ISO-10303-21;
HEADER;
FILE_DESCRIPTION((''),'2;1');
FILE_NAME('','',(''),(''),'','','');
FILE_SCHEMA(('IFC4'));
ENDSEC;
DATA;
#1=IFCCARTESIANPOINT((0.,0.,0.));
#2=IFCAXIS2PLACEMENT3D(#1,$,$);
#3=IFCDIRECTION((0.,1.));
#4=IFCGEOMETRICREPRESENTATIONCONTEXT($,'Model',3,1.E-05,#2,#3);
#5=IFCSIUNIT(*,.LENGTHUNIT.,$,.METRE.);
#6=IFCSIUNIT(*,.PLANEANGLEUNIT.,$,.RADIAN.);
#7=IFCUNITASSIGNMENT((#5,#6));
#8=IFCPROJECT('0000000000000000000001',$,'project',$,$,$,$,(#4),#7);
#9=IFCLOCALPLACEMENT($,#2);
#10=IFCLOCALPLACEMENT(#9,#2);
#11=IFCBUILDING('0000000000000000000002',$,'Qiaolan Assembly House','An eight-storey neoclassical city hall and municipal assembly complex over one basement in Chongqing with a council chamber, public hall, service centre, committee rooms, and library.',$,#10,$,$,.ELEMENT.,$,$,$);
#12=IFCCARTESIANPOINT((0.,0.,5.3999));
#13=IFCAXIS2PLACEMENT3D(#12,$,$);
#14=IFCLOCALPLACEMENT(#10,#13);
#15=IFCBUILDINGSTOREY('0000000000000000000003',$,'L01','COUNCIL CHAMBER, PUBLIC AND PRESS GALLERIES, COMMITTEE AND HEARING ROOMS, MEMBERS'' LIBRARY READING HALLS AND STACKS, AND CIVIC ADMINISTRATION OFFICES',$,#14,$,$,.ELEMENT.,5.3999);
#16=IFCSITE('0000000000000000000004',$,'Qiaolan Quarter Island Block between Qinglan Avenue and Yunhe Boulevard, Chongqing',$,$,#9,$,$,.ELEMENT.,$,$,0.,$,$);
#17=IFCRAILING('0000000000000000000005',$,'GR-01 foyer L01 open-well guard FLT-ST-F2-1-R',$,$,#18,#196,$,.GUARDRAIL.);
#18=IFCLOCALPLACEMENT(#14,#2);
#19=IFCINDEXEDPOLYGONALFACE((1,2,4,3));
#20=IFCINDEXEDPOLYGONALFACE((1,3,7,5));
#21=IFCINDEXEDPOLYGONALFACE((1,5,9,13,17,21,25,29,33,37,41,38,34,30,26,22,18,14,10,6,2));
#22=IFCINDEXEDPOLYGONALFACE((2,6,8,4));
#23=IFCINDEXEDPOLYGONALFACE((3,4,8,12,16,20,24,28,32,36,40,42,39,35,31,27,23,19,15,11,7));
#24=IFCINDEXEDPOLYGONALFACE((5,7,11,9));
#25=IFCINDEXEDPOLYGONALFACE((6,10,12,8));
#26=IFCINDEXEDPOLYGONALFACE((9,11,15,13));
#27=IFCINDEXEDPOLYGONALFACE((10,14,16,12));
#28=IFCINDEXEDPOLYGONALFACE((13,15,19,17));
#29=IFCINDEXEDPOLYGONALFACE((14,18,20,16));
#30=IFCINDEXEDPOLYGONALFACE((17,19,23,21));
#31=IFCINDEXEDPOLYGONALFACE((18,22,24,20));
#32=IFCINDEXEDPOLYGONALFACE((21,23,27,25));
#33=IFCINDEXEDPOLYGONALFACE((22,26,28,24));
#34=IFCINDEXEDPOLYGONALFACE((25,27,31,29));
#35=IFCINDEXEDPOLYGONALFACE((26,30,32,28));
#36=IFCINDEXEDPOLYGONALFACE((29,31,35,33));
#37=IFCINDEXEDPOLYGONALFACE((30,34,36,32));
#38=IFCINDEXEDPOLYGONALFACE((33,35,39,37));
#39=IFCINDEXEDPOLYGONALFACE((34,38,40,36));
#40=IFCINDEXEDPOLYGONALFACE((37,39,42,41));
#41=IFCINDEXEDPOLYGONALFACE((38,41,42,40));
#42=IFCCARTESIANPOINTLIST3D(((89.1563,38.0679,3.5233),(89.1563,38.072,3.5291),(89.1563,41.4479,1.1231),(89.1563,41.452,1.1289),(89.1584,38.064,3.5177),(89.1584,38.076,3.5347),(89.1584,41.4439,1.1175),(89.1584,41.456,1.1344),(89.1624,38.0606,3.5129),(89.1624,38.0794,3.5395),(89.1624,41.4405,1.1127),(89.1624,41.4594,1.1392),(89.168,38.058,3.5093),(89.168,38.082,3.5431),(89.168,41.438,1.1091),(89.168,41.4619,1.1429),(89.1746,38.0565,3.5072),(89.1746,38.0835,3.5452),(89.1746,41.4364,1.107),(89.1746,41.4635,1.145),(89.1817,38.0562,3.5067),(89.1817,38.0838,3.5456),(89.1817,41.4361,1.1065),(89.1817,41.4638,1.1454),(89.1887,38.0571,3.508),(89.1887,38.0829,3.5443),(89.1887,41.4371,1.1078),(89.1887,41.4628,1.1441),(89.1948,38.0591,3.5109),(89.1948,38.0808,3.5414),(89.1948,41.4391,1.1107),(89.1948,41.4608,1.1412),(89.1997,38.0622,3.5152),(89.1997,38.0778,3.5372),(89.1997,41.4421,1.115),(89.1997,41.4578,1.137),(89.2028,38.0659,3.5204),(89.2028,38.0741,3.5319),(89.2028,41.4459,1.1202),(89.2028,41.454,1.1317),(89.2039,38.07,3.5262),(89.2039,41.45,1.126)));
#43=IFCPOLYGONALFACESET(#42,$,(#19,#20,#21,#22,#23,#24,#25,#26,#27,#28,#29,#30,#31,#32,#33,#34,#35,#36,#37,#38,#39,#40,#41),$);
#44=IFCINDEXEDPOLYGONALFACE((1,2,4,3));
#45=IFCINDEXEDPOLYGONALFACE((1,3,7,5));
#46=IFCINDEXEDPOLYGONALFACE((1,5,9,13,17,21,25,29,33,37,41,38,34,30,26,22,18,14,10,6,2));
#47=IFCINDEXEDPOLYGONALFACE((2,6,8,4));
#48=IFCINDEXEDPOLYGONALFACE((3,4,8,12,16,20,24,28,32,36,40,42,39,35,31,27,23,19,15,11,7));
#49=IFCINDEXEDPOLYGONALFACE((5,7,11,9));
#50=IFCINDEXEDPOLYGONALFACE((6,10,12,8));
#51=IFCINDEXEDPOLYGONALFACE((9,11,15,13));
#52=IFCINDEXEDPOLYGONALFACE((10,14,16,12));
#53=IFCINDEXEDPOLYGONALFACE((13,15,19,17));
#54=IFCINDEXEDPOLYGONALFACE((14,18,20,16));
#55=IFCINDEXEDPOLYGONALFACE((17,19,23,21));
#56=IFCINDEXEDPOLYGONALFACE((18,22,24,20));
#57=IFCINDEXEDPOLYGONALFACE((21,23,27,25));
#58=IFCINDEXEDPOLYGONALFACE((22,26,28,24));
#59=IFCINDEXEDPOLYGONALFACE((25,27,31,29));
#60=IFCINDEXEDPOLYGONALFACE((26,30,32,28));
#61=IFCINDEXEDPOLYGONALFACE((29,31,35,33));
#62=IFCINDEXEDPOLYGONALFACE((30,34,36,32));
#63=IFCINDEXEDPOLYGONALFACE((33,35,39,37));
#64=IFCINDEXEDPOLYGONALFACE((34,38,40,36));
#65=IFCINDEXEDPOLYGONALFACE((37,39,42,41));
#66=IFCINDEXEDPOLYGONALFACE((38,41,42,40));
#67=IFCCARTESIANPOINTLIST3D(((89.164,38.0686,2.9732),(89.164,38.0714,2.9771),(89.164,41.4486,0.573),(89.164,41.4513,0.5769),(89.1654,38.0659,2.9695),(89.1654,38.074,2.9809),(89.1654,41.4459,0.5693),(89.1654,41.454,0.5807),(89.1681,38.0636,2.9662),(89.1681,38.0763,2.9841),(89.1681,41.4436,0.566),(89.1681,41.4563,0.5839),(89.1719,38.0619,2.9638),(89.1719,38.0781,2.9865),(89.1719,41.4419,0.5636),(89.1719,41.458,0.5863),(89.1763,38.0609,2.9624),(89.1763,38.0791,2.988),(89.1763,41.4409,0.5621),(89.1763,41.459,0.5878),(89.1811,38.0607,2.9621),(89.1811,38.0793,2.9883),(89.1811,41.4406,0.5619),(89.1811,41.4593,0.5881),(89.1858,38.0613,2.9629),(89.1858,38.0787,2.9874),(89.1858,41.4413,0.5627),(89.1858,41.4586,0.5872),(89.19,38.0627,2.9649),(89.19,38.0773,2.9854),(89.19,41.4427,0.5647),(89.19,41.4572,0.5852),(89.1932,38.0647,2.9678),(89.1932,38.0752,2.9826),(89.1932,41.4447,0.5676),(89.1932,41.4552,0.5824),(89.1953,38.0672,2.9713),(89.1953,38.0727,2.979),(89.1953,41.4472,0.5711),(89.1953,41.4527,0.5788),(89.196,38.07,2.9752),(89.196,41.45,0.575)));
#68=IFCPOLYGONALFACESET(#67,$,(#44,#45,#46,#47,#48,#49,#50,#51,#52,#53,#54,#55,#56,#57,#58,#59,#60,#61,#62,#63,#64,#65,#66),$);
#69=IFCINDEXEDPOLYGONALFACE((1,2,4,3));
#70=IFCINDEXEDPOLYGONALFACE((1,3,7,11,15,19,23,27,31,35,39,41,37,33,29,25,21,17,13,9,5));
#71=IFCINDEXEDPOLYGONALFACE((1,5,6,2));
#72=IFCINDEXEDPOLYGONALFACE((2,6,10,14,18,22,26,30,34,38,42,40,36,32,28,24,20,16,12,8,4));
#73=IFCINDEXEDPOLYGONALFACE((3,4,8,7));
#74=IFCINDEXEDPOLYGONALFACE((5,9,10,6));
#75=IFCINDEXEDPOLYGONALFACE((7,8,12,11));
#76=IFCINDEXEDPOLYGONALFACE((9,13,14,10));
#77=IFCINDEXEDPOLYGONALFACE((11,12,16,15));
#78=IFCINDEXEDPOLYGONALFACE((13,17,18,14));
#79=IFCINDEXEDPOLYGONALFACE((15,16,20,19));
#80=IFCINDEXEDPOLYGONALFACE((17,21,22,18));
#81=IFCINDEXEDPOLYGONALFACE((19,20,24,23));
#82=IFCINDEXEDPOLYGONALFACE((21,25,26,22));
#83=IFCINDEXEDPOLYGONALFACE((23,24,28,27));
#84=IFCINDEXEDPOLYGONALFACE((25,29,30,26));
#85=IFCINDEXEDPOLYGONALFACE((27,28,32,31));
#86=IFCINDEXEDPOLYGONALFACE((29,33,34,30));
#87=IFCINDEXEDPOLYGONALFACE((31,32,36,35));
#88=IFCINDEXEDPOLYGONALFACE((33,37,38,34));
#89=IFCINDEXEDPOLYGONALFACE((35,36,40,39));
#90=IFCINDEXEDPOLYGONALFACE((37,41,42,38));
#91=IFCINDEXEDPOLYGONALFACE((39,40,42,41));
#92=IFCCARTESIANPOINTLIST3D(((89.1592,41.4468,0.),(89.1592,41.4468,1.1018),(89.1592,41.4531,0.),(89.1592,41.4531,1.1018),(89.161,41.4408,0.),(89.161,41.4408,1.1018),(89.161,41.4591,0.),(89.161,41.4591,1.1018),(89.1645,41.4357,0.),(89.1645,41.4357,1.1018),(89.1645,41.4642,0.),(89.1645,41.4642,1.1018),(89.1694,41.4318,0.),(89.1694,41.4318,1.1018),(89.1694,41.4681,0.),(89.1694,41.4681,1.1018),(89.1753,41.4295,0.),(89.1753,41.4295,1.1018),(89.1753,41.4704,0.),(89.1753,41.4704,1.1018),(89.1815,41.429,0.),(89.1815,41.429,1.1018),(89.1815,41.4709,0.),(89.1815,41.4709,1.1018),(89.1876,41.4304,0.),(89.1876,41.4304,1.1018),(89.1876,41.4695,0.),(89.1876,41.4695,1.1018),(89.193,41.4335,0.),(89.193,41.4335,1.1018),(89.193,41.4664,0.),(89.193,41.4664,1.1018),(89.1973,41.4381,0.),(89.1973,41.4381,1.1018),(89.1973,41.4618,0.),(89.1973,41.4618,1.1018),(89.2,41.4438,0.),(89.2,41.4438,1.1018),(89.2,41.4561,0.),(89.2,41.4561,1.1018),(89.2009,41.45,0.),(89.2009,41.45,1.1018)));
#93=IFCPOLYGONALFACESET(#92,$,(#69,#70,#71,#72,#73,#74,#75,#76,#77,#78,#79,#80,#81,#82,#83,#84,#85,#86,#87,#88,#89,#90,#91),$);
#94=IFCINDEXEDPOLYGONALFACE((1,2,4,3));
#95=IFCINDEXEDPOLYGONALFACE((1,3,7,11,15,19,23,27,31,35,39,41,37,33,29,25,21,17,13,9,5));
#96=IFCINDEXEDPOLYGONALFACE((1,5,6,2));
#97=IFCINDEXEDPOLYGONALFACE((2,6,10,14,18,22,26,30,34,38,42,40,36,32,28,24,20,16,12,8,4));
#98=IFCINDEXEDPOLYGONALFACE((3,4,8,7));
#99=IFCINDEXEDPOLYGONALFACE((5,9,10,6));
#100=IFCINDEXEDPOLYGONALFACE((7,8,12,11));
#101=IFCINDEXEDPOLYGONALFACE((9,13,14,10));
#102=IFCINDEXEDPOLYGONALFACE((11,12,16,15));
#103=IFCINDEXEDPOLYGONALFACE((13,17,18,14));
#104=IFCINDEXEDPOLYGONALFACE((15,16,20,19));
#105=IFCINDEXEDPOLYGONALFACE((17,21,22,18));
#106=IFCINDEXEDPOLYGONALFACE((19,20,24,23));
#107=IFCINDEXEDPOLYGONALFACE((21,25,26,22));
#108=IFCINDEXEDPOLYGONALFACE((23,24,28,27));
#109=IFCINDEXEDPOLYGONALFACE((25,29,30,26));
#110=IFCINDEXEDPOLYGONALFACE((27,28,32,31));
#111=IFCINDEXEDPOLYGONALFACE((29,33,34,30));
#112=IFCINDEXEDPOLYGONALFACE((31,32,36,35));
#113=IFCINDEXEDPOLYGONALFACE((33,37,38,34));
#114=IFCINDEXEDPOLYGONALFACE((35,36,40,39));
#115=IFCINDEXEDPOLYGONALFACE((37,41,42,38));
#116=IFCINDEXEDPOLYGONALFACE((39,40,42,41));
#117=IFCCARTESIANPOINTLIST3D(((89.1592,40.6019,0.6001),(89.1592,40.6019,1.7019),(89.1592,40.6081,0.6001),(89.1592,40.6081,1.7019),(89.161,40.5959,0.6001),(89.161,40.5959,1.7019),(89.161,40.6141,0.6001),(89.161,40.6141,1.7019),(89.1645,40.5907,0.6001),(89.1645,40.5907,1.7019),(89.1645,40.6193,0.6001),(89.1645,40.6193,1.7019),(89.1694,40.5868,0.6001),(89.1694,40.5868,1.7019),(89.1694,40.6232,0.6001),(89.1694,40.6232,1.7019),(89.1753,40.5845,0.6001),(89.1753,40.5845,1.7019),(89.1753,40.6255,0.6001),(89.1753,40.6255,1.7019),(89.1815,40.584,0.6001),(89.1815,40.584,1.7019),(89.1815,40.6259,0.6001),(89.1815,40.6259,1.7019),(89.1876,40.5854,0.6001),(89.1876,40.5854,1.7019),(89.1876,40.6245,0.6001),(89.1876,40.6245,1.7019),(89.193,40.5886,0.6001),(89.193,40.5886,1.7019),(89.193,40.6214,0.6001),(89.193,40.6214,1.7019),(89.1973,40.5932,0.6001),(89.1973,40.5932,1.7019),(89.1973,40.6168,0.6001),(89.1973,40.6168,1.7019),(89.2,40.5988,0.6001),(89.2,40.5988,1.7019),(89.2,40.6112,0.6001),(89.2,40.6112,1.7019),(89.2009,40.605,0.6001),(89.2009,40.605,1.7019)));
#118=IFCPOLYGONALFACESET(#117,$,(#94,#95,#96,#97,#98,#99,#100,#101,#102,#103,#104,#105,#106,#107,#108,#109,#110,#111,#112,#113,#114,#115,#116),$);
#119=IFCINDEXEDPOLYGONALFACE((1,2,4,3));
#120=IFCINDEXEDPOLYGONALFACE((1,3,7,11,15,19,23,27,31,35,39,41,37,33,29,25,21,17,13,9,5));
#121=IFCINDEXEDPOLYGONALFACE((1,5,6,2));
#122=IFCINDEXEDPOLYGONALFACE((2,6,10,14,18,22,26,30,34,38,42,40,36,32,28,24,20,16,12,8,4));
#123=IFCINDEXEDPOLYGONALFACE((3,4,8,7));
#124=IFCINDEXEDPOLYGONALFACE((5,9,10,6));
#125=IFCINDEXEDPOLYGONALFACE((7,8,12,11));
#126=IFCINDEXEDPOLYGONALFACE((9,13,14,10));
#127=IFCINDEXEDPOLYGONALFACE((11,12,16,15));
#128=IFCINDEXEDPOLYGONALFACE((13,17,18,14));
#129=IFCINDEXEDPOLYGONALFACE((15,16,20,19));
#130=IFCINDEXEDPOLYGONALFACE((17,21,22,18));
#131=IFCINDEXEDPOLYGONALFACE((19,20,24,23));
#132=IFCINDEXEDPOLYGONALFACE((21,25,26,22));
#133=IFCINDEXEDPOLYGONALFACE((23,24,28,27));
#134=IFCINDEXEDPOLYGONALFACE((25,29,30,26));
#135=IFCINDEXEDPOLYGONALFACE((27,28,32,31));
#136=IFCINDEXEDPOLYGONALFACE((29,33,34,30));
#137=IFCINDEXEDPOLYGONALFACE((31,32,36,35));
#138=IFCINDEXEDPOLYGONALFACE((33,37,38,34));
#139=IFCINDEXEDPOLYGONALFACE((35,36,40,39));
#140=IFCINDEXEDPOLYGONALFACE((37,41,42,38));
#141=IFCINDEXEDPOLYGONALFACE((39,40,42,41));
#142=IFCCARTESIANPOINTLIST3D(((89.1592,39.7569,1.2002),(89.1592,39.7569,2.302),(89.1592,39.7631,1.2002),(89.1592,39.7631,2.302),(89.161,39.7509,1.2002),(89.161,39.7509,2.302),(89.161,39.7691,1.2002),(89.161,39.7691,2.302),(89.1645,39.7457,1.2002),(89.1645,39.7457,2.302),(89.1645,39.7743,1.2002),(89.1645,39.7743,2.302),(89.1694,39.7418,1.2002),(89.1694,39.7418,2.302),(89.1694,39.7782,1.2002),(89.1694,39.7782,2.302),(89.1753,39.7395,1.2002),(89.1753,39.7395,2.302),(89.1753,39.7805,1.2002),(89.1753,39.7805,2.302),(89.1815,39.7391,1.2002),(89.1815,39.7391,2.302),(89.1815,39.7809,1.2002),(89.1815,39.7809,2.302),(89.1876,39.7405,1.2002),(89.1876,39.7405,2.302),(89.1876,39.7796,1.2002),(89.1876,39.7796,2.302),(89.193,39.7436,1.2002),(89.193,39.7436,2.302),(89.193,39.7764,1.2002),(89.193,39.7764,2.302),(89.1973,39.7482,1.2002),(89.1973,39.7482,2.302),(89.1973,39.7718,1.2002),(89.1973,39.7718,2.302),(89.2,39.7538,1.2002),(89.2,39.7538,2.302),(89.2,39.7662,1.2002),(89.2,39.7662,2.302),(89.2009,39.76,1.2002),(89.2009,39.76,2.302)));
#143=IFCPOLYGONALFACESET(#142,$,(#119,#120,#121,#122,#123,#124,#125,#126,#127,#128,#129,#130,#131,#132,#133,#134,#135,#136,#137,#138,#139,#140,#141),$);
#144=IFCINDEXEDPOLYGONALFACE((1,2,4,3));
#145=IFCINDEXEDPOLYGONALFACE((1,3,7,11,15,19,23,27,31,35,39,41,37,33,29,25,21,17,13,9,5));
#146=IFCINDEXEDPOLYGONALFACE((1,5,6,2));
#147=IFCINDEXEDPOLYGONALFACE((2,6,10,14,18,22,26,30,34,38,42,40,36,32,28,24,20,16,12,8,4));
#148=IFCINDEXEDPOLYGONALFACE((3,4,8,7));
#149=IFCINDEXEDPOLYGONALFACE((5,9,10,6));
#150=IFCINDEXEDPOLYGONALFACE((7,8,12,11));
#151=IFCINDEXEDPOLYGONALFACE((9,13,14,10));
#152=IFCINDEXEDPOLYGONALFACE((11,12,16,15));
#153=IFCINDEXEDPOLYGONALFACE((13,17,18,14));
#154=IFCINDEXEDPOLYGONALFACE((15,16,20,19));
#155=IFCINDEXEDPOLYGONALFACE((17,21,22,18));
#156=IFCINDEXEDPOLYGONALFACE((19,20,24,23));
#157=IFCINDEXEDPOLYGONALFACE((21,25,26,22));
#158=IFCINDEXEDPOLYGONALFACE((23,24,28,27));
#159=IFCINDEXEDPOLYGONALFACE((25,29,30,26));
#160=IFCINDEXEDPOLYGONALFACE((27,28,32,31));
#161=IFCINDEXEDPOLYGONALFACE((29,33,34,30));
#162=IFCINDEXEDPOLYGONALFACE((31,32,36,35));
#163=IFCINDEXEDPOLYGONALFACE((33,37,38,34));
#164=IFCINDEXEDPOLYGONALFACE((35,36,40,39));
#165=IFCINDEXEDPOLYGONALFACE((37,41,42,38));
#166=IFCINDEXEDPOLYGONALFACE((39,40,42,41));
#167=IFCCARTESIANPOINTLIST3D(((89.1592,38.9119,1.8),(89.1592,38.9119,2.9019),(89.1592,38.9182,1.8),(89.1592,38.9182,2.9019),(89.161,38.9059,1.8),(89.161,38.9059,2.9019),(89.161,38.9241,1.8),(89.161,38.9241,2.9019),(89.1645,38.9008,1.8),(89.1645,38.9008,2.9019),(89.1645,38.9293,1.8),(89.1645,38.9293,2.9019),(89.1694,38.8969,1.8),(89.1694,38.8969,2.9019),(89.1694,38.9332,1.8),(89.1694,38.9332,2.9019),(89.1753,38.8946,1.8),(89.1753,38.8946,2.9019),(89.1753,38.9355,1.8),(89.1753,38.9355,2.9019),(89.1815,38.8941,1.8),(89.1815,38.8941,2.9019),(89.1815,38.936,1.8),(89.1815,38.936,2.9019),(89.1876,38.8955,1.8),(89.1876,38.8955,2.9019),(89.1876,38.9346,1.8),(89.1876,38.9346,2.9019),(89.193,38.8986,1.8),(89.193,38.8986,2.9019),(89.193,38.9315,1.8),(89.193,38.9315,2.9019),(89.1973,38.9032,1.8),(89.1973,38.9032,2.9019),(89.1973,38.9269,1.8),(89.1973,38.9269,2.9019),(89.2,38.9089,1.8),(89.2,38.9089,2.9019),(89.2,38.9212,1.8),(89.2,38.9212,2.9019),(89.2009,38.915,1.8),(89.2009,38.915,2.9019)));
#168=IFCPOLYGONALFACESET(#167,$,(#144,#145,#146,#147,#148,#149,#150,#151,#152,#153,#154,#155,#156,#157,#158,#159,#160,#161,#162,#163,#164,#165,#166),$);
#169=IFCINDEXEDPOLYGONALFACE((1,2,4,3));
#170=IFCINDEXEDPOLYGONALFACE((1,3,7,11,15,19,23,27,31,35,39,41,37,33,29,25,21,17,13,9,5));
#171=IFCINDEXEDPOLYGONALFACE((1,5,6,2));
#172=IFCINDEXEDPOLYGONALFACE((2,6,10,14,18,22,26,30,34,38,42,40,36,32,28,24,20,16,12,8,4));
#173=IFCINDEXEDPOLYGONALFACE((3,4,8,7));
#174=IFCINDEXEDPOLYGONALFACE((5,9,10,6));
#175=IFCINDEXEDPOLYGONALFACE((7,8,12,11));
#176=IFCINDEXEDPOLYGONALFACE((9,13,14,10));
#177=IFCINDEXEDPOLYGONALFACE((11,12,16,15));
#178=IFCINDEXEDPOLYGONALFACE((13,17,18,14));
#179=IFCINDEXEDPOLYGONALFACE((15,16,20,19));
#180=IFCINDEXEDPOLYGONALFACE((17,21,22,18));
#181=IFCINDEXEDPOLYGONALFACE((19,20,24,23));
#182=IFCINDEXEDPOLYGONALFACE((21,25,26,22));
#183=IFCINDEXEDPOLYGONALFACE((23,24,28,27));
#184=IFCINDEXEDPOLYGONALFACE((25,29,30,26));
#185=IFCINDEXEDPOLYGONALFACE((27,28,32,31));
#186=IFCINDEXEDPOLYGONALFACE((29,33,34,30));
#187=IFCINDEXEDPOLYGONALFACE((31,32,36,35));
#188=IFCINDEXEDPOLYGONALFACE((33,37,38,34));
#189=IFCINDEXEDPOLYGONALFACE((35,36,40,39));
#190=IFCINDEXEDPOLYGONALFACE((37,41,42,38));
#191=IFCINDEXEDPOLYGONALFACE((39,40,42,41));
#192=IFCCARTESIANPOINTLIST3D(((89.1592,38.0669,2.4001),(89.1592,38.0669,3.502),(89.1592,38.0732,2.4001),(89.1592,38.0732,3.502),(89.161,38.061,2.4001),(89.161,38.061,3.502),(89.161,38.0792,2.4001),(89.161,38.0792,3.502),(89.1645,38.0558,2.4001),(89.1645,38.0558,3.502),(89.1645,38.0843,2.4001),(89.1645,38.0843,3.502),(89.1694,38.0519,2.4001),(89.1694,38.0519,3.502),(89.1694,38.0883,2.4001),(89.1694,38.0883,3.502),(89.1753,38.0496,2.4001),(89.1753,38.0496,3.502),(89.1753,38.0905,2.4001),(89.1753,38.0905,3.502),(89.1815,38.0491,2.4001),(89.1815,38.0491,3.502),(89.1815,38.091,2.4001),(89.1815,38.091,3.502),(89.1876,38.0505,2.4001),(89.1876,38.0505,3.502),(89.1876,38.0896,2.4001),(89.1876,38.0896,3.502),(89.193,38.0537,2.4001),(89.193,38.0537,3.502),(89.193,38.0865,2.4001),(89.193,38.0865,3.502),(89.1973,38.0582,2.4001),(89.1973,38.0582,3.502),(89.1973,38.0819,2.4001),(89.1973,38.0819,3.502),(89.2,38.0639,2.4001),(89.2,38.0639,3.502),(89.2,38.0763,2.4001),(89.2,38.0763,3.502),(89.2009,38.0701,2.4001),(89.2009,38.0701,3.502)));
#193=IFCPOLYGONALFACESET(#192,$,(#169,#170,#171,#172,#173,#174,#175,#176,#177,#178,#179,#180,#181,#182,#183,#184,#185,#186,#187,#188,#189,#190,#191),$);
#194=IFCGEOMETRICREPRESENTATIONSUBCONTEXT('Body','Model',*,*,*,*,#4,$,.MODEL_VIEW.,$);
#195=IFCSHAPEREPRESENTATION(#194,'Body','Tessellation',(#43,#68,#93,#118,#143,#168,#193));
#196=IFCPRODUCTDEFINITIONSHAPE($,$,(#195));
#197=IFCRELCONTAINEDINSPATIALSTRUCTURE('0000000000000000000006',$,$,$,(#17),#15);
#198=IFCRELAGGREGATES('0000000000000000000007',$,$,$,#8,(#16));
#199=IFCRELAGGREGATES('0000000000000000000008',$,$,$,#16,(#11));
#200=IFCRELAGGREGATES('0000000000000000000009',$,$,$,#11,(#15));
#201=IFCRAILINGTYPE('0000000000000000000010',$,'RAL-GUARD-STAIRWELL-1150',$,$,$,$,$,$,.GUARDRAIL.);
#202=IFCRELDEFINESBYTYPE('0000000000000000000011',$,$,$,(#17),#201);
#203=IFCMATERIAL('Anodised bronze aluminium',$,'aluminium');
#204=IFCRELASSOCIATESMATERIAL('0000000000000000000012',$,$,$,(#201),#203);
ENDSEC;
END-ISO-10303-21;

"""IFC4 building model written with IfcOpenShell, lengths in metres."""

from ifc_helpers import new_model, si_unit, direction, frame, origin, origin_2d, place, context, subcontext, project, spatial, circle, extrude, material, type_object, element, save


model = new_model("IFC4")

# Units and contexts
model_context = context("Model", 3, precision=1e-05, world=origin(), true_north=direction((0.0, 1.0)))
body_context = subcontext(model_context, "Body", "Model", "MODEL_VIEW")
ifc_project = project(units=[si_unit("LENGTHUNIT", "METRE"), si_unit("PLANEANGLEUNIT", "RADIAN")], contexts=[model_context])

# Site, building, storey
site_placement = place(None, origin())
site = spatial("IfcSite", under=ifc_project, at=site_placement, Name="Qiaolan Quarter Island Block between Qinglan Avenue and Yunhe Boulevard, Chongqing", CompositionType="ELEMENT", RefElevation=0.0)
building_placement = place(site_placement, origin())
building = spatial("IfcBuilding", under=site, at=building_placement, Name="Qiaolan Assembly House", Description="An eight-storey neoclassical city hall and municipal assembly complex over one basement in Chongqing with a council chamber, public hall, service centre, committee rooms, and library.", CompositionType="ELEMENT")
storey_placement = place(building_placement, frame((0.0, 0.0, 5.3999)))
storey = spatial("IfcBuildingStorey", under=building, at=storey_placement, Name="L01", Description="COUNCIL CHAMBER, PUBLIC AND PRESS GALLERIES, COMMITTEE AND HEARING ROOMS, MEMBERS' LIBRARY READING HALLS AND STACKS, AND CIVIC ADMINISTRATION OFFICES", CompositionType="ELEMENT", Elevation=5.3999)

# Railing
ifc_material_1 = material(Name="Anodised bronze aluminium", Category="aluminium")
railing_type = type_object("IfcRailingType", Name="RAL-GUARD-STAIRWELL-1150", PredefinedType="GUARDRAIL", material=ifc_material_1)
railing_1_placement = place(storey_placement, frame((89.1799, 41.45, 0.0)))
element("IfcRailing", 1, at=railing_1_placement, inside=storey, type_object=railing_type, Name="GR-01 foyer L01 open-well guard FLT-ST-F2-1-R", PredefinedType="GUARDRAIL", context=body_context, shape_type="SweptSolid", body=[
    extrude(circle(Radius=0.0239, at=origin_2d()), frame((0.0, 0.0, 1.126), z_axis=(0.0, -0.815334, 0.578991), x_axis=(1.0, 0.0, 0.0)), (0.0, 0.0, 1.0), 4.1455),
    extrude(circle(Radius=0.0161, at=origin_2d()), frame((0.0, 0.0, 0.575), z_axis=(0.0, -0.815334, 0.578991), x_axis=(1.0, 0.0, 0.0)), (0.0, 0.0, 1.0), 4.1455),
    extrude(circle(Radius=0.021, at=origin_2d()), origin(), (0.0, 0.0, 1.0), 1.1018),
    extrude(circle(Radius=0.021, at=origin_2d()), frame((0.0, -0.845, 0.6001)), (0.0, 0.0, 1.0), 1.1018),
    extrude(circle(Radius=0.021, at=origin_2d()), frame((0.0, -1.6899, 1.2002)), (0.0, 0.0, 1.0), 1.1018),
    extrude(circle(Radius=0.021, at=origin_2d()), frame((0.0, -2.5349, 1.8)), (0.0, 0.0, 1.0), 1.1018),
    extrude(circle(Radius=0.021, at=origin_2d()), frame((0.0, -3.3799, 2.4001)), (0.0, 0.0, 1.0), 1.1018),
])

save(model, "model.ifc")
